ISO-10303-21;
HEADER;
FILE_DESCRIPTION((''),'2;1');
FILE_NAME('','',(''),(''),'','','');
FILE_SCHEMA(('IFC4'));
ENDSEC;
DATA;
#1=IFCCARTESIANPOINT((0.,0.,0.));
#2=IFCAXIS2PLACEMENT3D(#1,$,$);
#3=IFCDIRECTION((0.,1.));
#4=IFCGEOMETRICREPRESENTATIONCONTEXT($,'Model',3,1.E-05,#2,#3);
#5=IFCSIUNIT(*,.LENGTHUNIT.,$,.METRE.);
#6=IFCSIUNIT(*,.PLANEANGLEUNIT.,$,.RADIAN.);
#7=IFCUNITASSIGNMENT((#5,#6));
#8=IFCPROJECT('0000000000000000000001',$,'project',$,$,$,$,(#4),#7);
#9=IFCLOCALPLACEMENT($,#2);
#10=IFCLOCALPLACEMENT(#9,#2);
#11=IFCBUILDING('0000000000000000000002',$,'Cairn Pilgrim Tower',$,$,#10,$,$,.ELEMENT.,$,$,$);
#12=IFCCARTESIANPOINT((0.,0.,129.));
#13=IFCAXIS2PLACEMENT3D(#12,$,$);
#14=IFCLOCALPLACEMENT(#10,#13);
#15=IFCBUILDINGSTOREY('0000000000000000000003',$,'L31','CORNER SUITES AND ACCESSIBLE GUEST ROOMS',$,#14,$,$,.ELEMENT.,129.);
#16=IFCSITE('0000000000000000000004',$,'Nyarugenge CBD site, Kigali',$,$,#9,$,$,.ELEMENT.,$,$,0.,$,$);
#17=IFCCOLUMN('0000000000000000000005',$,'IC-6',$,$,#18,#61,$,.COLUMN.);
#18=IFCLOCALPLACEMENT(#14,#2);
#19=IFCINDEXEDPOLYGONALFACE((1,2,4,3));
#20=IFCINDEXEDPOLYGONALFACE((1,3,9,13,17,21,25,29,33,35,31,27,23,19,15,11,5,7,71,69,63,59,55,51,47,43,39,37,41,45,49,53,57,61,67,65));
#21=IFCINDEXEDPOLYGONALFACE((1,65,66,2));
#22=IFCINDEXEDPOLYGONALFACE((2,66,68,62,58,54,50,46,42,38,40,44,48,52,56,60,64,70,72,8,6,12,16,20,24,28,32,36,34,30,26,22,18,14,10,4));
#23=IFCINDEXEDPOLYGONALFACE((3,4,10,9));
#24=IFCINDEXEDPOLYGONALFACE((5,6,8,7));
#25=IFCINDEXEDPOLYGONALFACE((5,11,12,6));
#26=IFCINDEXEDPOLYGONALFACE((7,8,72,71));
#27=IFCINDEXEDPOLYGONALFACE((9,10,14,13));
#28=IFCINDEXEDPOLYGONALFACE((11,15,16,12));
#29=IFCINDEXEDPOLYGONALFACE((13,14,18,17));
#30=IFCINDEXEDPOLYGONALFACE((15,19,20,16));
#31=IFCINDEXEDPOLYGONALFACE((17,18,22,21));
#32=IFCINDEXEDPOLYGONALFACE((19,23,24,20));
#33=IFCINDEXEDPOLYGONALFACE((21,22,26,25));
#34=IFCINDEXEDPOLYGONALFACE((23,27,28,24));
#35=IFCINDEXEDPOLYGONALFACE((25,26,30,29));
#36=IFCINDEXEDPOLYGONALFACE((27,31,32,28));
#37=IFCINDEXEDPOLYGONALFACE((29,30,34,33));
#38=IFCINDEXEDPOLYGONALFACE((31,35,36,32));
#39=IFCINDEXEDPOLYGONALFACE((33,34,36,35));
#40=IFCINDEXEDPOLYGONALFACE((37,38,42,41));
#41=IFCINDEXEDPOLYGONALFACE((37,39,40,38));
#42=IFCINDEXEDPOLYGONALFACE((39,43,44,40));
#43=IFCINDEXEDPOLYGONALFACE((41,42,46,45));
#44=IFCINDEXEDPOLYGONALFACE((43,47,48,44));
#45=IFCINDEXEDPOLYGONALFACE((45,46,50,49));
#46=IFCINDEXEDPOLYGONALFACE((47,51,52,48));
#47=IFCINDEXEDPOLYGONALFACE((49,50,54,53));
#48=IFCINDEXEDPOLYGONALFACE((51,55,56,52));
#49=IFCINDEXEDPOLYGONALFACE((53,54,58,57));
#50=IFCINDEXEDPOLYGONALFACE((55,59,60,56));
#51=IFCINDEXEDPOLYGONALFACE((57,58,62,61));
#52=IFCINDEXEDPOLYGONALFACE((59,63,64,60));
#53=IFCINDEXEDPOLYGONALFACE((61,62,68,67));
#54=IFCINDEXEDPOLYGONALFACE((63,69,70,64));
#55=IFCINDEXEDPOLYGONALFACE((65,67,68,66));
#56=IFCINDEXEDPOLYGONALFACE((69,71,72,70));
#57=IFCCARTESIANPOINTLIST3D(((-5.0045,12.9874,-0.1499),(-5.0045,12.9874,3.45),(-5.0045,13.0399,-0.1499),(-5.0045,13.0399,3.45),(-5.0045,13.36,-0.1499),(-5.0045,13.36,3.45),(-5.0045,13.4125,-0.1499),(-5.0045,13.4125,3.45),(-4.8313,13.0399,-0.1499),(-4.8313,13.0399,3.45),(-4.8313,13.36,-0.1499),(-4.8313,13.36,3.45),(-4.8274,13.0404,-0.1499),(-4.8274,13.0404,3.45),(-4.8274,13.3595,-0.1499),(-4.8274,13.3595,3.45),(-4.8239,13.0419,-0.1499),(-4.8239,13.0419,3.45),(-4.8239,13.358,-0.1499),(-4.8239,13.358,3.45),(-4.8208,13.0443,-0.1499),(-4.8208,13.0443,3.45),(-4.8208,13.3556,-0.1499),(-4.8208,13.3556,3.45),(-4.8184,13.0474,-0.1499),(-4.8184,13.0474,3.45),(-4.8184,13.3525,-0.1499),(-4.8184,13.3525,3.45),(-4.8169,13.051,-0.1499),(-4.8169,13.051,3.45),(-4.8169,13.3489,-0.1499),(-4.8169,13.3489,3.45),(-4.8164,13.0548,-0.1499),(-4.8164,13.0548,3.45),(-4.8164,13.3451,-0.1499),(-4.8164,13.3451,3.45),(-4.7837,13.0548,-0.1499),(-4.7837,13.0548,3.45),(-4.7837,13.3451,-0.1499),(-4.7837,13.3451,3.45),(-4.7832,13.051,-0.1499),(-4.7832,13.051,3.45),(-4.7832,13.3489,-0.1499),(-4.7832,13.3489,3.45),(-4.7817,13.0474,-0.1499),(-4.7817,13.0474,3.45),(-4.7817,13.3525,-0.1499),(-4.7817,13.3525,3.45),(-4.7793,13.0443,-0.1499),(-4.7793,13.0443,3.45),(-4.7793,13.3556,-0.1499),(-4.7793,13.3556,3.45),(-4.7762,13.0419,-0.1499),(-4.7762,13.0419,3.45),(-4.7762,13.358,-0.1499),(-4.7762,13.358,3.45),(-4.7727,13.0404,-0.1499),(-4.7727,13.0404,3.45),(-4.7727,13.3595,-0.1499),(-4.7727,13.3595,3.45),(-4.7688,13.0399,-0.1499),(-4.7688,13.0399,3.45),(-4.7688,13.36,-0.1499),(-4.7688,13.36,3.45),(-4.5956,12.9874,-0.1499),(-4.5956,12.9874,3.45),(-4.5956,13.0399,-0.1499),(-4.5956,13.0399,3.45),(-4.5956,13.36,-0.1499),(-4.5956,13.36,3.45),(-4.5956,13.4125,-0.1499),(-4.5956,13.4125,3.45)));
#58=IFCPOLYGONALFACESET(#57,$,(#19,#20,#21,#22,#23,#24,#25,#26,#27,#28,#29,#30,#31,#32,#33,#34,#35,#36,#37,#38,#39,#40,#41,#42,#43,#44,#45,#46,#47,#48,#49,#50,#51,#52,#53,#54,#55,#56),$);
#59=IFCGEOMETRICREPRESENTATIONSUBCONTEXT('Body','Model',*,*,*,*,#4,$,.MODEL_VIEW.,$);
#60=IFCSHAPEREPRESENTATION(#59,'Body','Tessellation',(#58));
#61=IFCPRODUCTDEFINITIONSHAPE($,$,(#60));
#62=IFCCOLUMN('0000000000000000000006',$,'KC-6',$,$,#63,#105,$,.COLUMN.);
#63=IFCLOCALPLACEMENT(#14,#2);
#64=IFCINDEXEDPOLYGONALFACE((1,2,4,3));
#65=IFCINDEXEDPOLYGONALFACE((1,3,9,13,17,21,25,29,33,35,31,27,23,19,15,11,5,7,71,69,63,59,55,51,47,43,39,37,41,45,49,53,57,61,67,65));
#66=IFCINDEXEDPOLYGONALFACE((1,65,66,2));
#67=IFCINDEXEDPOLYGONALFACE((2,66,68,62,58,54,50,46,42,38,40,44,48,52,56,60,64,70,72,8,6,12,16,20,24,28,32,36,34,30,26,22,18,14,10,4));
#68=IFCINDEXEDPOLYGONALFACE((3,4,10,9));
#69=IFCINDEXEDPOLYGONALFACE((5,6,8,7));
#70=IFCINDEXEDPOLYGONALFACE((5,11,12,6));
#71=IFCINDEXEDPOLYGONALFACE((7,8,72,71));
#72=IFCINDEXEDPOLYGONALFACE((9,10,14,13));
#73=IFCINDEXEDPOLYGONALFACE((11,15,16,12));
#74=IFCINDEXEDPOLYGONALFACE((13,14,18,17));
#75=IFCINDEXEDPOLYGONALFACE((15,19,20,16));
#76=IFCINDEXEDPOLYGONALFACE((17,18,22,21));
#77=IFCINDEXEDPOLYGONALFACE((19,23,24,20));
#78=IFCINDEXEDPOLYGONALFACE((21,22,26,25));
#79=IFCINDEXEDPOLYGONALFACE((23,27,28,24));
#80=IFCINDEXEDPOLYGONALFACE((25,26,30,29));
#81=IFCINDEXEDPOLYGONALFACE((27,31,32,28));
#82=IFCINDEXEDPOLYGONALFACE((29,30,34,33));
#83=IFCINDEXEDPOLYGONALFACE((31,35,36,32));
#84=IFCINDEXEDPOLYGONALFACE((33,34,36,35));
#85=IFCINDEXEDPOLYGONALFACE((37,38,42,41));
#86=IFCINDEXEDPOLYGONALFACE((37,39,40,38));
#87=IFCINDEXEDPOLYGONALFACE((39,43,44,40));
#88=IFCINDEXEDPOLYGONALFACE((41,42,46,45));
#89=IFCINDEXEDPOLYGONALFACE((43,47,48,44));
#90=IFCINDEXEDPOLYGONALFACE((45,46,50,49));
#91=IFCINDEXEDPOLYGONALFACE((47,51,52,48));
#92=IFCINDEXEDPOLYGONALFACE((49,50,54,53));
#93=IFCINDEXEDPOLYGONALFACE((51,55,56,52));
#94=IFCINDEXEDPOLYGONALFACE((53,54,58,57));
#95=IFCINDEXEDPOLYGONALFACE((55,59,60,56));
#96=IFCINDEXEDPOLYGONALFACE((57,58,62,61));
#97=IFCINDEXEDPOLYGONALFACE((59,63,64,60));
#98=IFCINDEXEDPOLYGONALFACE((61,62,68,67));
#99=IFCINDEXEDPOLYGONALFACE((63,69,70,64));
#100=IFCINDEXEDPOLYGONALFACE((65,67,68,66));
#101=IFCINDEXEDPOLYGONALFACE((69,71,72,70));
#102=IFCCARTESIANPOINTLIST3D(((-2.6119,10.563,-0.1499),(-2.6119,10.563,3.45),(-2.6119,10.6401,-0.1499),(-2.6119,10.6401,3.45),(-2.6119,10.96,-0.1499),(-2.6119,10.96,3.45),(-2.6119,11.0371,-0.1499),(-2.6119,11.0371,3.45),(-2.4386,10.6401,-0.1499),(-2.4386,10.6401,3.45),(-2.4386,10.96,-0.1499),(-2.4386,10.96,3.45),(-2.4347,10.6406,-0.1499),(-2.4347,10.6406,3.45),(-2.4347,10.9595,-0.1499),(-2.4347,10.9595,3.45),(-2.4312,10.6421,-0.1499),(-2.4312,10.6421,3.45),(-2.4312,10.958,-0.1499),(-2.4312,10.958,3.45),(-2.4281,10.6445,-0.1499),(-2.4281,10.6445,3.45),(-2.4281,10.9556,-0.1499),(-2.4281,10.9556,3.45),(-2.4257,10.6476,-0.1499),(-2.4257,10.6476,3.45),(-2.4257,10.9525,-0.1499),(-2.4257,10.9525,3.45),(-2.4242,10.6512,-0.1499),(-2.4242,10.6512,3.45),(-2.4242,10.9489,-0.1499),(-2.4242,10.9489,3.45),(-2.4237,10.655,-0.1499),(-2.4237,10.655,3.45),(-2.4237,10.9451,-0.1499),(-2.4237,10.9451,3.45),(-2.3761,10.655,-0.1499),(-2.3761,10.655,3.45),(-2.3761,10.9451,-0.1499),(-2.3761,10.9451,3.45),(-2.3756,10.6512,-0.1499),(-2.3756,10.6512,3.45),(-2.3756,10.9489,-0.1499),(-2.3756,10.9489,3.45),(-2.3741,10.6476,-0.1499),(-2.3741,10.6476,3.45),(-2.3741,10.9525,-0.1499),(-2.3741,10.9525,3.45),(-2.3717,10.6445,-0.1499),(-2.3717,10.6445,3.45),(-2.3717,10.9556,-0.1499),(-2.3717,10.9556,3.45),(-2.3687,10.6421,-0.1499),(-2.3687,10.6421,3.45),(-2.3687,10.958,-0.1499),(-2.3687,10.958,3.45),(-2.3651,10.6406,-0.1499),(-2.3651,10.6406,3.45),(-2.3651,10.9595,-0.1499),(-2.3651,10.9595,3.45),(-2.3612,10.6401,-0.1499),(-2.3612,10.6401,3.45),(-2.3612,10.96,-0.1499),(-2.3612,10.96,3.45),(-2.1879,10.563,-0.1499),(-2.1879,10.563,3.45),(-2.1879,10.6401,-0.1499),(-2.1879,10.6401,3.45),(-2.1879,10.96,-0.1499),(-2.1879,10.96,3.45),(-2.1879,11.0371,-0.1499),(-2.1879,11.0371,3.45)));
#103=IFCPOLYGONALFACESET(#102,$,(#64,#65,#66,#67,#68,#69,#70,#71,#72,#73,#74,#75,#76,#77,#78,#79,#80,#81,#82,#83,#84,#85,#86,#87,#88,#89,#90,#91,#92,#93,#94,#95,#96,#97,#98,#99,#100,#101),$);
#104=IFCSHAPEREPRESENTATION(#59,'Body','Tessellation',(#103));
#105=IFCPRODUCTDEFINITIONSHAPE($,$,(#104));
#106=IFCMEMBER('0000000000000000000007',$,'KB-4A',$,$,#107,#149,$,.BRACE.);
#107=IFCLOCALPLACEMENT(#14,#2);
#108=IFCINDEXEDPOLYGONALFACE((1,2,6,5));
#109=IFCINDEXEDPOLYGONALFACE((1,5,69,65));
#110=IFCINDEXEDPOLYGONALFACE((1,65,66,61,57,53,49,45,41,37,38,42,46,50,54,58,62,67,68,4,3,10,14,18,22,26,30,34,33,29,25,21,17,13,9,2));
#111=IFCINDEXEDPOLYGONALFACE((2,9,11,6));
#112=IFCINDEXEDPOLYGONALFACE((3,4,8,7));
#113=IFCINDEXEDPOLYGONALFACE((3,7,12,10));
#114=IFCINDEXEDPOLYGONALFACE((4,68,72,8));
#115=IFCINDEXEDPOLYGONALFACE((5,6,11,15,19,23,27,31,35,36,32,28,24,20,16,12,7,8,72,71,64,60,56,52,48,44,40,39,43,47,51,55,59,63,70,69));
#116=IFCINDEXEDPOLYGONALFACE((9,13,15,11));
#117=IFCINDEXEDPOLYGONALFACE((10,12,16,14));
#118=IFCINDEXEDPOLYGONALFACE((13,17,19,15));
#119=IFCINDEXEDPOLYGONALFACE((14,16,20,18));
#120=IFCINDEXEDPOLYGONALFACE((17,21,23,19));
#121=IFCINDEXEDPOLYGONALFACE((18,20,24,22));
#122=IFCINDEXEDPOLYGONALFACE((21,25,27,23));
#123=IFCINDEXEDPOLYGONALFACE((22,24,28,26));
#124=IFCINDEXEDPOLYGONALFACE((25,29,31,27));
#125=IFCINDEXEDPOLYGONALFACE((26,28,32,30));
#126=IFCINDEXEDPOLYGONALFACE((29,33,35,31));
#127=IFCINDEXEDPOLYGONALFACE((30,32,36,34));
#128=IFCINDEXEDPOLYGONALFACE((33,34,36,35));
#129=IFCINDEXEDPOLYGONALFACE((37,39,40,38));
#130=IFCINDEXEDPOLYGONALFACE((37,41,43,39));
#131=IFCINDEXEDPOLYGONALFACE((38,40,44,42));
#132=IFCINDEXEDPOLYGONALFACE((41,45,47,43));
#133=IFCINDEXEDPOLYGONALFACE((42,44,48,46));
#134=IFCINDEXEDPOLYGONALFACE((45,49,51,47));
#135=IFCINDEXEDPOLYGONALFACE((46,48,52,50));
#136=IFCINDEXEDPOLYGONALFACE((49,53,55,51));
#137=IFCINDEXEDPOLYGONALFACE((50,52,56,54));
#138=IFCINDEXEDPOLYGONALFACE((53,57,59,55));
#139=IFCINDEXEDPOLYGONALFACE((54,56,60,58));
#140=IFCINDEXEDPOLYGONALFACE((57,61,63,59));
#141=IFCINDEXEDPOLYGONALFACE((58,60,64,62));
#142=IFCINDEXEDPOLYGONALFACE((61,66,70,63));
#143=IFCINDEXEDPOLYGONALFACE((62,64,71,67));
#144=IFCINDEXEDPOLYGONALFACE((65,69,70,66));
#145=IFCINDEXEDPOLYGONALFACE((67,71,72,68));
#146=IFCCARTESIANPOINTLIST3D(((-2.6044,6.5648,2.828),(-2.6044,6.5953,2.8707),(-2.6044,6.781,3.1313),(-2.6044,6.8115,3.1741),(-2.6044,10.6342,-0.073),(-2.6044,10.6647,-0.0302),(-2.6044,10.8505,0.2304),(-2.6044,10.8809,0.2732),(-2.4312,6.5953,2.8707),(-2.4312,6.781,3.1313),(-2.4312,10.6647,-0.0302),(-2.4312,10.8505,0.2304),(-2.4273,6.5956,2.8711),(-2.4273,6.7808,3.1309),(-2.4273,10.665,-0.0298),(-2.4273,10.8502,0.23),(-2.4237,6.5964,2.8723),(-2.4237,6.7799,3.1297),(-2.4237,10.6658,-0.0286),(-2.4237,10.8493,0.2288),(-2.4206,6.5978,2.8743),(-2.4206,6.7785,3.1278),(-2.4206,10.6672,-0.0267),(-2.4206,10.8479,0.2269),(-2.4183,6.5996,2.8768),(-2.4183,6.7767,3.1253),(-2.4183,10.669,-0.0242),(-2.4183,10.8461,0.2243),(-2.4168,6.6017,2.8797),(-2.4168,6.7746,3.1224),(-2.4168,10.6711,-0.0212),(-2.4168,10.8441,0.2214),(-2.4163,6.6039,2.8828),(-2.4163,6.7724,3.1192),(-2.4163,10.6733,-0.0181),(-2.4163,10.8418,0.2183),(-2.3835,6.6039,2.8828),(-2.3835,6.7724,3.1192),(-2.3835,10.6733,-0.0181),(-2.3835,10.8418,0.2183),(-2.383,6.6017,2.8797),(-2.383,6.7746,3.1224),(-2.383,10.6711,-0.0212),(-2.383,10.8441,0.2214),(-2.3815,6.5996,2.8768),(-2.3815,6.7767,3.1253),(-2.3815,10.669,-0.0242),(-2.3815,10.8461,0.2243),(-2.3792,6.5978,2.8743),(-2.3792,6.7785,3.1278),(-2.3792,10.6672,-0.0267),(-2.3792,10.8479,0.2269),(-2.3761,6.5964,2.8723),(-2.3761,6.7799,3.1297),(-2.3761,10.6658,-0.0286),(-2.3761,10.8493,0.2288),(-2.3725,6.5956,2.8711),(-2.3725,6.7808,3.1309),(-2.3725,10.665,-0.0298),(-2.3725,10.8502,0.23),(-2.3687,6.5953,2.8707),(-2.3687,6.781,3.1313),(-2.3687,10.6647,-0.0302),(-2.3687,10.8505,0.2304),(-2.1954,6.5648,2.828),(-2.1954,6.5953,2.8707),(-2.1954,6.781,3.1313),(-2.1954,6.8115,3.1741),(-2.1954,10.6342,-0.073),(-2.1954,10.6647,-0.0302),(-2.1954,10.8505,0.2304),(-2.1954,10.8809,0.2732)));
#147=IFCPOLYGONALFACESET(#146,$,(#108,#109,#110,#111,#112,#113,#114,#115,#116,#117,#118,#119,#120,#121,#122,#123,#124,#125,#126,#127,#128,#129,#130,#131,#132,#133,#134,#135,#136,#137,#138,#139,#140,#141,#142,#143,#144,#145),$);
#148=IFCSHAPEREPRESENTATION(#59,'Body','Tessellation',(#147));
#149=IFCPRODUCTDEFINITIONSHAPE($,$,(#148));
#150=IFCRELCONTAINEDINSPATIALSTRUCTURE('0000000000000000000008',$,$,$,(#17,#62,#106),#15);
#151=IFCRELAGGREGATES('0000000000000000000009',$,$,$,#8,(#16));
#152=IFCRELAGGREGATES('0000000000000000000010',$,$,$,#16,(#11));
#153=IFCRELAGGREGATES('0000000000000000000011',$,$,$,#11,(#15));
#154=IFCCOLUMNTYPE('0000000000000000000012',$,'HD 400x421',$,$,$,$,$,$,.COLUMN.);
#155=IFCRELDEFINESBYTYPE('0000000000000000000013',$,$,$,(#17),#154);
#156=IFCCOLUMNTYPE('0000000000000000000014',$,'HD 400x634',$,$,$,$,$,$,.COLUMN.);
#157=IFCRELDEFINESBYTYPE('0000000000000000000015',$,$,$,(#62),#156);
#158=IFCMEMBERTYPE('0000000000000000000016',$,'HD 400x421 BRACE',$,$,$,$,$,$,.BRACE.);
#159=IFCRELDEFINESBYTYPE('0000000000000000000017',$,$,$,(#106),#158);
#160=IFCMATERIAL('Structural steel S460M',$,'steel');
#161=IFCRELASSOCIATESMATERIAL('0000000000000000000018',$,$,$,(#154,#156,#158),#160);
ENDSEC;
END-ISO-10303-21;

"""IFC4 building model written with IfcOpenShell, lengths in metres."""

from ifc_helpers import new_model, si_unit, direction, frame, origin, origin_2d, place, context, subcontext, project, spatial, i_section, extrude, material, material_profile, profile_set, type_object, element, save


model = new_model("IFC4")

# Units and contexts
model_context = context("Model", 3, precision=1e-05, world=origin(), true_north=direction((0.0, 1.0)))
body_context = subcontext(model_context, "Body", "Model", "MODEL_VIEW")
ifc_project = project(units=[si_unit("LENGTHUNIT", "METRE"), si_unit("PLANEANGLEUNIT", "RADIAN")], contexts=[model_context])

# Site, building, storey
site_placement = place(None, origin())
site = spatial("IfcSite", under=ifc_project, at=site_placement, Name="Nyarugenge CBD site, Kigali", CompositionType="ELEMENT", RefElevation=0.0)
building_placement = place(site_placement, origin())
building = spatial("IfcBuilding", under=site, at=building_placement, Name="Cairn Pilgrim Tower", CompositionType="ELEMENT")
storey_placement = place(building_placement, frame((0.0, 0.0, 129.0)))
storey = spatial("IfcBuildingStorey", under=building, at=storey_placement, Name="L31", Description="CORNER SUITES AND ACCESSIBLE GUEST ROOMS", CompositionType="ELEMENT", Elevation=129.0)

# Columns
ifc_material_1 = material(Name="Structural steel S460M", Category="steel")
ifc_material_profile_1 = material_profile(ifc_material_1, i_section(OverallWidth=0.4089, OverallDepth=0.425, WebThickness=0.0327, FlangeThickness=0.0525, FilletRadius=0.0149, at=origin_2d()), Name="HD 400x421")
ifc_profile_set_1 = profile_set([ifc_material_profile_1], Name="Structural steel S460M")
column_type_1 = type_object("IfcColumnType", Name="HD 400x421", PredefinedType="COLUMN", material=ifc_profile_set_1)
column_1_placement = place(storey_placement, frame((-4.8, 13.2, -0.1499), z_axis=(0.0, 0.0, 1.0), x_axis=(1.0, 0.0, 0.0)))
element("IfcColumn", 1, at=column_1_placement, inside=storey, type_object=column_type_1, Name="IC-6", PredefinedType="COLUMN", context=body_context, shape_type="SweptSolid", body=[
    extrude(i_section(OverallWidth=0.4089, OverallDepth=0.425, WebThickness=0.0327, FlangeThickness=0.0525, FilletRadius=0.0149, at=origin_2d()), origin(), (0.0, 0.0, 1.0), 3.5999),
])
ifc_material_profile_2 = material_profile(ifc_material_1, i_section(OverallWidth=0.4241, OverallDepth=0.4741, WebThickness=0.0476, FlangeThickness=0.0771, FilletRadius=0.0149, at=origin_2d()), Name="HD 400x634")
ifc_profile_set_2 = profile_set([ifc_material_profile_2], Name="Structural steel S460M")
column_type_2 = type_object("IfcColumnType", Name="HD 400x634", PredefinedType="COLUMN", material=ifc_profile_set_2)
column_2_placement = place(storey_placement, frame((-2.3999, 10.8, -0.1499), z_axis=(0.0, 0.0, 1.0), x_axis=(1.0, 0.0, 0.0)))
element("IfcColumn", 2, at=column_2_placement, inside=storey, type_object=column_type_2, Name="KC-6", PredefinedType="COLUMN", context=body_context, shape_type="SweptSolid", body=[
    extrude(i_section(OverallWidth=0.4241, OverallDepth=0.4741, WebThickness=0.0476, FlangeThickness=0.0771, FilletRadius=0.0149, at=origin_2d()), origin(), (0.0, 0.0, 1.0), 3.5999),
])

# Member
ifc_material_profile_3 = material_profile(ifc_material_1, i_section(OverallWidth=0.4089, OverallDepth=0.425, WebThickness=0.0327, FlangeThickness=0.0525, FilletRadius=0.0149, at=origin_2d()), Name="HD 400x421")
ifc_profile_set_3 = profile_set([ifc_material_profile_3], Name="Structural steel S460M")
member_type = type_object("IfcMemberType", Name="HD 400x421 BRACE", PredefinedType="BRACE", material=ifc_profile_set_3)
member_placement = place(storey_placement, frame((-2.3999, 10.7576, 0.1001), z_axis=(0.0, -0.814281, 0.580471), x_axis=(1.0, 0.0, 0.0)))
element("IfcMember", 3, at=member_placement, inside=storey, type_object=member_type, Name="KB-4A", PredefinedType="BRACE", context=body_context, shape_type="SweptSolid", body=[
    extrude(i_section(OverallWidth=0.4089, OverallDepth=0.425, WebThickness=0.0327, FlangeThickness=0.0525, FilletRadius=0.0149, at=origin_2d()), origin(), (0.0, 0.0, 1.0), 4.9976),
])

save(model, "model.ifc")
